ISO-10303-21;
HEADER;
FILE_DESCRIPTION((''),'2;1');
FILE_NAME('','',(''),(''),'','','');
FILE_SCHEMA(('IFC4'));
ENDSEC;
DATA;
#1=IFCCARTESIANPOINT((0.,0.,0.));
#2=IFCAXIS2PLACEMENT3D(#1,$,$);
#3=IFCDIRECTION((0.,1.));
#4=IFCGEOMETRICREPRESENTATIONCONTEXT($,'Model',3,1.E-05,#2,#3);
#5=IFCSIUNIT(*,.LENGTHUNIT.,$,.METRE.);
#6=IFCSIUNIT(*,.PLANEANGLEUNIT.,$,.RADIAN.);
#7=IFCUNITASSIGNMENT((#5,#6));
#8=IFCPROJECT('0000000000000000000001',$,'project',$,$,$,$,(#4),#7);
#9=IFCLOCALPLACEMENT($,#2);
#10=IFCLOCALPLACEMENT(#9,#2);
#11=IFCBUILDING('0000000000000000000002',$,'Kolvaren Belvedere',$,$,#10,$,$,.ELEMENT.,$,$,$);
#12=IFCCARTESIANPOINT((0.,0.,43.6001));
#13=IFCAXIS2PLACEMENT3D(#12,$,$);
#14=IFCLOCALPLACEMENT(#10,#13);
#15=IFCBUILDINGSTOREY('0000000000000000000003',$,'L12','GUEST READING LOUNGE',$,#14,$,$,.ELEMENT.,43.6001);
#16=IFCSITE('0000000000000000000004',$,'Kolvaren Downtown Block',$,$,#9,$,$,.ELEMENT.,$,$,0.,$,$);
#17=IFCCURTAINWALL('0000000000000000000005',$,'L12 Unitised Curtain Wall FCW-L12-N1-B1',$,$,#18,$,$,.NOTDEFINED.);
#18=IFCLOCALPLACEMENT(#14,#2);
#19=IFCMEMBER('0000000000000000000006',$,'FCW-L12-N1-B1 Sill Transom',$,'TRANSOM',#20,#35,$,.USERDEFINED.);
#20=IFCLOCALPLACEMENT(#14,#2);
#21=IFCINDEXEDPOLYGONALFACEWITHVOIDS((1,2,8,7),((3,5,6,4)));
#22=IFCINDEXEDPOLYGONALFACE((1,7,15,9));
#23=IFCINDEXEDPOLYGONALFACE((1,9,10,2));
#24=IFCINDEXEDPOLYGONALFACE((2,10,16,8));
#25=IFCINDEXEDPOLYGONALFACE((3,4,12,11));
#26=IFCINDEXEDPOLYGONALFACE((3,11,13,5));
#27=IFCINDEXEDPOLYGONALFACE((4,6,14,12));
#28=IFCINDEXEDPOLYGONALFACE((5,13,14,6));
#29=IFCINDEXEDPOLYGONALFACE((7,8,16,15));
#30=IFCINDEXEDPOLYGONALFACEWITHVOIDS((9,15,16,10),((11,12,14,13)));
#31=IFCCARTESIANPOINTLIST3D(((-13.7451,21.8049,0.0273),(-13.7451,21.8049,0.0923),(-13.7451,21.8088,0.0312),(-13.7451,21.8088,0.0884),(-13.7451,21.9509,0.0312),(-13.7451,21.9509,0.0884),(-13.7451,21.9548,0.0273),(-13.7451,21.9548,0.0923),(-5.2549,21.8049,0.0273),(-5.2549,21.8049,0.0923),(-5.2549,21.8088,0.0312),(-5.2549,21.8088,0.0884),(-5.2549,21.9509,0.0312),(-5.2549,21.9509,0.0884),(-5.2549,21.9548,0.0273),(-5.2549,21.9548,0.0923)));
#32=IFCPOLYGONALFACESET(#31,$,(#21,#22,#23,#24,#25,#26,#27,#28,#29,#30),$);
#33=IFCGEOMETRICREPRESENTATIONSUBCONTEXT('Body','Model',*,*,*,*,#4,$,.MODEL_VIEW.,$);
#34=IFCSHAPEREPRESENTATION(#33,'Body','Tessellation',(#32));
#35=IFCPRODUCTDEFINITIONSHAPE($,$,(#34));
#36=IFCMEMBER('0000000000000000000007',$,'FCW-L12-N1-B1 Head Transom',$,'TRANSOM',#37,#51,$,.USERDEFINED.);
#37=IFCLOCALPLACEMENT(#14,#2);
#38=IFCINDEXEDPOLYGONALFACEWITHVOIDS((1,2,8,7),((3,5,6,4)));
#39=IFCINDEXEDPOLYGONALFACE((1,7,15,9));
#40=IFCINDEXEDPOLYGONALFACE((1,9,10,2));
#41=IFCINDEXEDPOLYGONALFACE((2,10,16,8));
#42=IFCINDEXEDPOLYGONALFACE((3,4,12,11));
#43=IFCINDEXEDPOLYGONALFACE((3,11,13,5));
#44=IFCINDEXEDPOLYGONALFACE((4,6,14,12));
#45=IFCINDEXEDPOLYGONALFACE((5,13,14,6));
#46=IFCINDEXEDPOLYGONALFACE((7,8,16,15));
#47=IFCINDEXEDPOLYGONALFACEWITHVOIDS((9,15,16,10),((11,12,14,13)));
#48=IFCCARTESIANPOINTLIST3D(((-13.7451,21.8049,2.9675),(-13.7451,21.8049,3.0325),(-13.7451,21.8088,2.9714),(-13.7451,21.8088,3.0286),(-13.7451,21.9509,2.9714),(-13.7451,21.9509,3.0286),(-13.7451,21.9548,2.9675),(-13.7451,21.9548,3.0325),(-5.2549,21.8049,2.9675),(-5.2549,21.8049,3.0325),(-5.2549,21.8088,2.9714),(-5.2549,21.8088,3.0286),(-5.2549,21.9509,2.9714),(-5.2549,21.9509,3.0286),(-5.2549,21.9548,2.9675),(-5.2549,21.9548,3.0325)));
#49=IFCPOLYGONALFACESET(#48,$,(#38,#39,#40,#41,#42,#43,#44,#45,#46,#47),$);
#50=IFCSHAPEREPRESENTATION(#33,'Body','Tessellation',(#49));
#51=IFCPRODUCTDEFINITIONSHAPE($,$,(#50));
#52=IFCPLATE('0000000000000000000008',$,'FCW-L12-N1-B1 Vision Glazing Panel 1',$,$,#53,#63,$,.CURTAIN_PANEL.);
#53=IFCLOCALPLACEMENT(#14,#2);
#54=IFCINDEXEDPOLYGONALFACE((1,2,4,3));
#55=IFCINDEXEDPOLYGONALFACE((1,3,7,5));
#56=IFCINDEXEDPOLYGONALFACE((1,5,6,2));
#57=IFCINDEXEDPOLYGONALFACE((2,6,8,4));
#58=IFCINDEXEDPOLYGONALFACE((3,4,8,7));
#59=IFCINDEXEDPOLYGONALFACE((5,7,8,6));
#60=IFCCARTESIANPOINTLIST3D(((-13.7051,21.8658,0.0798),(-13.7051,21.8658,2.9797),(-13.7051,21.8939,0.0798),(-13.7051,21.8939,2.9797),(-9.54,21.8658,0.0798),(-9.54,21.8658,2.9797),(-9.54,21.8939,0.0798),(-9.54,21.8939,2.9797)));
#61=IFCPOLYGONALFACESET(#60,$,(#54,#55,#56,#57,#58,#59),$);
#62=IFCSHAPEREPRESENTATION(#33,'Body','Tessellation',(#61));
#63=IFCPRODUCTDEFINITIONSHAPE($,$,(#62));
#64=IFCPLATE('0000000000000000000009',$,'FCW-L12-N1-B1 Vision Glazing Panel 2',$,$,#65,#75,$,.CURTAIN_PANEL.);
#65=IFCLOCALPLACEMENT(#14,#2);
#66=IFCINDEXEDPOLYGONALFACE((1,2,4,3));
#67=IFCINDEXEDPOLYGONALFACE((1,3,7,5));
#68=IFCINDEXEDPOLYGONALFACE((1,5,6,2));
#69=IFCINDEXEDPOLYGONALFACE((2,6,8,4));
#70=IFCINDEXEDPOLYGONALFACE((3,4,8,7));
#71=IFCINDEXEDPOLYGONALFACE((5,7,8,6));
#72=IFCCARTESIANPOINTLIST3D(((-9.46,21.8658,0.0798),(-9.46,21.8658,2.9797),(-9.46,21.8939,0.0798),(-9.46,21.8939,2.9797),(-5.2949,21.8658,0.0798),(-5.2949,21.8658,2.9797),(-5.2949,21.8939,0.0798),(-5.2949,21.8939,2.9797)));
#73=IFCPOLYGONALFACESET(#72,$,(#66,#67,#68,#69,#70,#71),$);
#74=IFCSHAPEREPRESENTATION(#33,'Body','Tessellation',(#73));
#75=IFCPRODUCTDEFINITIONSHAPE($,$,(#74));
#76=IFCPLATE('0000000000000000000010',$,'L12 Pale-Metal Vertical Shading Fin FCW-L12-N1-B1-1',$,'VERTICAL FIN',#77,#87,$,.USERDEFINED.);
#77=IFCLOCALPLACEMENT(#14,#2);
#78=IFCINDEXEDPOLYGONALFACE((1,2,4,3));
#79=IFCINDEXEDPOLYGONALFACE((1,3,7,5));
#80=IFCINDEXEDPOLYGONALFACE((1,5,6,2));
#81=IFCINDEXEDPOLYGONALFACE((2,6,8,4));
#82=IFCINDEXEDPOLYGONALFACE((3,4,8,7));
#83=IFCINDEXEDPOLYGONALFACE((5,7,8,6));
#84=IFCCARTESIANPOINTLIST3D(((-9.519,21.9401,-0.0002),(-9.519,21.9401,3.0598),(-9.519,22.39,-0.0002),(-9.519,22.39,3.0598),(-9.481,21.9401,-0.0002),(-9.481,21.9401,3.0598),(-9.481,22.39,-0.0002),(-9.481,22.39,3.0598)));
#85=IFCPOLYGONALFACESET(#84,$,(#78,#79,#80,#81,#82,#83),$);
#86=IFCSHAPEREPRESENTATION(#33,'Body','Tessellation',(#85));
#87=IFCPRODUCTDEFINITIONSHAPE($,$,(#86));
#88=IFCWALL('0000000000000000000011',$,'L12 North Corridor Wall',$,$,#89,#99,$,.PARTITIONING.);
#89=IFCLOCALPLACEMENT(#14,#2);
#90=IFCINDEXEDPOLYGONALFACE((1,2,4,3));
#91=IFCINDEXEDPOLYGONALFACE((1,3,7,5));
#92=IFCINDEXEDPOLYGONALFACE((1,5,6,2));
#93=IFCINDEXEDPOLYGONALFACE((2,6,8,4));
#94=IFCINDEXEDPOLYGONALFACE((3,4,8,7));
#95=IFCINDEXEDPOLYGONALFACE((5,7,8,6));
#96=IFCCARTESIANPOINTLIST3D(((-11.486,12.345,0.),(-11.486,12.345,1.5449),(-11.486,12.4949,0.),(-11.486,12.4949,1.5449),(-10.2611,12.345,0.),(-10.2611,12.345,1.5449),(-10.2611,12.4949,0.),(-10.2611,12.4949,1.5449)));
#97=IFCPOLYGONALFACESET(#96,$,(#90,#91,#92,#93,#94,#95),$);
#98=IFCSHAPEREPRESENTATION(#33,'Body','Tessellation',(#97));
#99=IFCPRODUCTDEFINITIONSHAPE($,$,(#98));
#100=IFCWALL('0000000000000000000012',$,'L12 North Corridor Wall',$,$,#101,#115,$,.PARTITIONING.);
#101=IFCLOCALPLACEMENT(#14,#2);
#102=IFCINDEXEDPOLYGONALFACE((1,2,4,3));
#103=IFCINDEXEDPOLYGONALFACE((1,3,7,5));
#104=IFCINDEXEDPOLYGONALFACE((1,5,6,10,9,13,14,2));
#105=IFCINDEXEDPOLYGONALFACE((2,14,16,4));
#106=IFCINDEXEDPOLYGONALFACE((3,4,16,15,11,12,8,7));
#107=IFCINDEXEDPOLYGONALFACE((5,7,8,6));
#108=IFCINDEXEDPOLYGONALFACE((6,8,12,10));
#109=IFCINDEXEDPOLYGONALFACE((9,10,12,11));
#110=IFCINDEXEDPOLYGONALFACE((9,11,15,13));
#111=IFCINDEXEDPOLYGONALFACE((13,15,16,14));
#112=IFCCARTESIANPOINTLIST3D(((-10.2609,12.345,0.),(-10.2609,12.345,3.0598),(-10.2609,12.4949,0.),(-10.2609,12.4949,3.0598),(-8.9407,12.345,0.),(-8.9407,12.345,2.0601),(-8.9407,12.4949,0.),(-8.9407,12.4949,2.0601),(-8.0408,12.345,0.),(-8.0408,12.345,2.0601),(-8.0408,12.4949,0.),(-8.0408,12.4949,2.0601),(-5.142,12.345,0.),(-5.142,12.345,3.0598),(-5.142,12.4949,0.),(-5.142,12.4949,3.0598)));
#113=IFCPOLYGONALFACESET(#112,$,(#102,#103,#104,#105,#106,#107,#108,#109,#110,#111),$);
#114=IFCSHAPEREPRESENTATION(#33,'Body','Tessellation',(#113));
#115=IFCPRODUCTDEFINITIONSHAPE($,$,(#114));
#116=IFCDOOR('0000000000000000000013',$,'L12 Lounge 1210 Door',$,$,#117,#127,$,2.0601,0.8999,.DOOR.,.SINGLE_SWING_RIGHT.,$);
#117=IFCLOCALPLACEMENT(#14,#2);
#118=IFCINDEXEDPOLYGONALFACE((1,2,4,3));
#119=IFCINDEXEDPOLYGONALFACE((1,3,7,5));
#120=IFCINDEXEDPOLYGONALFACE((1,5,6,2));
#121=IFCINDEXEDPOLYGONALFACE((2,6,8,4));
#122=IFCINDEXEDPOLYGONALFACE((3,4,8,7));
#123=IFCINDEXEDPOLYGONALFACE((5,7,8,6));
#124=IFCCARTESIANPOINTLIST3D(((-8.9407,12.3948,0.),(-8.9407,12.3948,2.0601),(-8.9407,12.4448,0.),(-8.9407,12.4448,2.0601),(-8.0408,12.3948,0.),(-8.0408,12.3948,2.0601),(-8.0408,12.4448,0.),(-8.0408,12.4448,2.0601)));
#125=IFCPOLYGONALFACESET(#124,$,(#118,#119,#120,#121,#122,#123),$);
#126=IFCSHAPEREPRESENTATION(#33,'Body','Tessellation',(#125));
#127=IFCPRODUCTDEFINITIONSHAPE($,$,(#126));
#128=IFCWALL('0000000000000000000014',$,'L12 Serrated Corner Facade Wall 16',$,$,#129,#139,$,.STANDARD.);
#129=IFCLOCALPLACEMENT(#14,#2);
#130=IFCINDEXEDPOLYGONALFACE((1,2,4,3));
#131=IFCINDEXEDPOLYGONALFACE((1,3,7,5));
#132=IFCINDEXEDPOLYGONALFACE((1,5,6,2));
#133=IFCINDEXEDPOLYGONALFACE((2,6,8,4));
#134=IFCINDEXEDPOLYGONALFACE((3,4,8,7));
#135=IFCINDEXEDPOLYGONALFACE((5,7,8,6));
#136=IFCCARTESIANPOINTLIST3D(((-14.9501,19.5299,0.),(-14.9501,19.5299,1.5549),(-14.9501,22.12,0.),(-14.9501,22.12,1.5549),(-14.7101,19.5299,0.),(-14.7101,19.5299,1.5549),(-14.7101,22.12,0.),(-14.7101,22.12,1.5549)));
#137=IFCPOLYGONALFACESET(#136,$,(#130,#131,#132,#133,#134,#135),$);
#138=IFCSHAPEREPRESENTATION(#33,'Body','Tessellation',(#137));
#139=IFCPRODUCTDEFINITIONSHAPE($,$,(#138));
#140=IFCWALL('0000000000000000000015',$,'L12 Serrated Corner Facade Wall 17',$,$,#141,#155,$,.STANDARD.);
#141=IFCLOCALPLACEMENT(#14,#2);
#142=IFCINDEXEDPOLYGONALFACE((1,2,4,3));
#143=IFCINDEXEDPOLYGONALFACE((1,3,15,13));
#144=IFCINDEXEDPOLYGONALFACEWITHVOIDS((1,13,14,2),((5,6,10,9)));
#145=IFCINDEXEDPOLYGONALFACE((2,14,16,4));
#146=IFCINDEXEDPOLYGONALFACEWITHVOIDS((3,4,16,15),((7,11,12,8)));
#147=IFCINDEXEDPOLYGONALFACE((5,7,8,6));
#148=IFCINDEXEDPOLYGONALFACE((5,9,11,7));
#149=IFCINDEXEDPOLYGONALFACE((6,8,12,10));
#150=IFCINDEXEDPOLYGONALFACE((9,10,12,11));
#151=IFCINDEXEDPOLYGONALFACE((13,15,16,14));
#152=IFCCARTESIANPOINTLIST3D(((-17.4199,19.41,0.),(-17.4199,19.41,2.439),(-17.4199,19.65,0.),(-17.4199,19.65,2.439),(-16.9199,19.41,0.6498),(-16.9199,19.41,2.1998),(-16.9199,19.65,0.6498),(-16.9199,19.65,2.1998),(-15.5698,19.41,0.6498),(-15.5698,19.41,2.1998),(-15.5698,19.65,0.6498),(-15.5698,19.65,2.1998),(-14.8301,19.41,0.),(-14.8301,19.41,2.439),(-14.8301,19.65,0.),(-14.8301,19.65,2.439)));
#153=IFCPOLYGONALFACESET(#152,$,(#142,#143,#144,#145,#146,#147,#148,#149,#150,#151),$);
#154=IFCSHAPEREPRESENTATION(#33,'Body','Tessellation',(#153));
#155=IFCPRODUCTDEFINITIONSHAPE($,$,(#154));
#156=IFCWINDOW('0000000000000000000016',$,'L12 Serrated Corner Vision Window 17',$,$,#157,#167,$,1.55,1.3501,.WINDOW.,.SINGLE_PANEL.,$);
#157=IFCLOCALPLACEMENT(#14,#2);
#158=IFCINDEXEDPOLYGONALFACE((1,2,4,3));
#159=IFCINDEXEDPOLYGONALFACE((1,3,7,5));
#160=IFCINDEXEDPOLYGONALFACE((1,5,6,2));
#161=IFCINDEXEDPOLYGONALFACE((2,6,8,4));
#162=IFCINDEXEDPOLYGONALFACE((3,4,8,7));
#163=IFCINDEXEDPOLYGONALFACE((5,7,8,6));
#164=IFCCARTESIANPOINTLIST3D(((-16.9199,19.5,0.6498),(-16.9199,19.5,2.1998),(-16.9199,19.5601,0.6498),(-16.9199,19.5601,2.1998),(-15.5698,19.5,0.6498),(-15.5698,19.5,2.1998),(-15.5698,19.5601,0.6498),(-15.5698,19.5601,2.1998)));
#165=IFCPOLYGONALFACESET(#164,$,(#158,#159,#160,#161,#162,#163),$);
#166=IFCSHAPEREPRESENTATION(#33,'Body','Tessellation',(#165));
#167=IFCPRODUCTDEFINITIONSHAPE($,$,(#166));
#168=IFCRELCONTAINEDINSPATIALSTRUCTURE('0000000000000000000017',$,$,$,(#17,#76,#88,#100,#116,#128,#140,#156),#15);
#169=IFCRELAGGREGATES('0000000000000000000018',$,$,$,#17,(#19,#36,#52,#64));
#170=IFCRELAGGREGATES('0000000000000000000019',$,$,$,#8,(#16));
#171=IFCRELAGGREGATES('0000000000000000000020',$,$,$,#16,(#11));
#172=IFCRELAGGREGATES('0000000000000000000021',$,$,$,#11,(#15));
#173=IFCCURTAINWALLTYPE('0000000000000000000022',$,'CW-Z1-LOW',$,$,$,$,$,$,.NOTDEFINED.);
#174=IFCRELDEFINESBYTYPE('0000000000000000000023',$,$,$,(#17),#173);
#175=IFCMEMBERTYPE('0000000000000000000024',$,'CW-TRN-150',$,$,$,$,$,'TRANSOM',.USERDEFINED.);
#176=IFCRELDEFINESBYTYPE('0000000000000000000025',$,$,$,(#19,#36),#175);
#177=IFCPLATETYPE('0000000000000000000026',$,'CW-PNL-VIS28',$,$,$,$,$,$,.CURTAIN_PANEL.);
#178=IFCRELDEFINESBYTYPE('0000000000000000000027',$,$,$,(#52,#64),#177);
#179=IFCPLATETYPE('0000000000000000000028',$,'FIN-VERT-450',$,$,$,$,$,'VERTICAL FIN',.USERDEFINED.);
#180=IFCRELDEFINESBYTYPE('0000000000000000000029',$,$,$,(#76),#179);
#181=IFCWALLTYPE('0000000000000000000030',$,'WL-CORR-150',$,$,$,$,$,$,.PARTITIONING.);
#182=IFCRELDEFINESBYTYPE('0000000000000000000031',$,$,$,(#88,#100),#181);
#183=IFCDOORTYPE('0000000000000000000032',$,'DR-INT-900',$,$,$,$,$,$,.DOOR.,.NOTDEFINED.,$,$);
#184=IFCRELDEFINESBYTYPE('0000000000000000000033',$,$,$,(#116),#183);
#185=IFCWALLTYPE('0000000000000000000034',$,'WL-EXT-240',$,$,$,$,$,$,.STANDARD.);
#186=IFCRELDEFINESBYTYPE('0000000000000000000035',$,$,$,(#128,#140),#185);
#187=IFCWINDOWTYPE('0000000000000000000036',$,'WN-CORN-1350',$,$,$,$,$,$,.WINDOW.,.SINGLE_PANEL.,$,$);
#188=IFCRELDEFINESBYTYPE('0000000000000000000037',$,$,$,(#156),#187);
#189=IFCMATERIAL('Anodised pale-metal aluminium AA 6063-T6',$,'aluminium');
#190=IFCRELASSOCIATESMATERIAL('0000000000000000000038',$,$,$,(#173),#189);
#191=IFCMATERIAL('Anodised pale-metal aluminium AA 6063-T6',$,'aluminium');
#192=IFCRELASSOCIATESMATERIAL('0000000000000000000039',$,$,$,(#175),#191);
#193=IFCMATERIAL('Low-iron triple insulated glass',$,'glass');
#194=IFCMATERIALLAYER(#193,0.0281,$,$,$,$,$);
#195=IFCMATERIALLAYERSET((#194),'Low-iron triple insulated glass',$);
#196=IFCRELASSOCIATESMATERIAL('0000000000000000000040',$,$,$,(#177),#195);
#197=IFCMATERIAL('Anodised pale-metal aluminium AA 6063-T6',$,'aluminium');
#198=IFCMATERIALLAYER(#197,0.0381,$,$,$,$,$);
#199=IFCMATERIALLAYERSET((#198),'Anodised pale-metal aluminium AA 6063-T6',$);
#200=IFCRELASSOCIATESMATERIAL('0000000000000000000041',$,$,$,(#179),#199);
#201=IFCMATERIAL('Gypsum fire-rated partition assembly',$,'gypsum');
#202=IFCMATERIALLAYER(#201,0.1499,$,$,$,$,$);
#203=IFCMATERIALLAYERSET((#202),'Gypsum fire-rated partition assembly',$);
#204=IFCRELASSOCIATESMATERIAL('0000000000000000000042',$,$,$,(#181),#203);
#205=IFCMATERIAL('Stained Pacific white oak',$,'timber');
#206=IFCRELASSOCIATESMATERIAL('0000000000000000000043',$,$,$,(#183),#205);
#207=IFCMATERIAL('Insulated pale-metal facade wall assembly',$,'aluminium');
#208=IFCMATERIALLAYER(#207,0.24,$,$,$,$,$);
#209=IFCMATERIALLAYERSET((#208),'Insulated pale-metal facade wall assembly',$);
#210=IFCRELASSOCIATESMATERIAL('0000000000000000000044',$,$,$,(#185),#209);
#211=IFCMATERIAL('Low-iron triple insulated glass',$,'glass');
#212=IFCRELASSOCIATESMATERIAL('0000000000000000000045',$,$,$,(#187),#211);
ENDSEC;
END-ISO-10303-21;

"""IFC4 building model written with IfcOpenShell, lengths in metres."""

from ifc_helpers import new_model, si_unit, direction, frame, frame_2d, origin, origin_2d, place, context, subcontext, project, spatial, rectangle, hollow_rectangle, extrude, material, layer, layer_set, material_profile, profile_set, type_object, element, fill, aggregate, save


model = new_model("IFC4")

# Units and contexts
model_context = context("Model", 3, precision=1e-05, world=origin(), true_north=direction((0.0, 1.0)))
body_context = subcontext(model_context, "Body", "Model", "MODEL_VIEW")
ifc_project = project(units=[si_unit("LENGTHUNIT", "METRE"), si_unit("PLANEANGLEUNIT", "RADIAN")], contexts=[model_context])

# Site, building, storey
site_placement = place(None, origin())
site = spatial("IfcSite", under=ifc_project, at=site_placement, Name="Kolvaren Downtown Block", CompositionType="ELEMENT", RefElevation=0.0)
building_placement = place(site_placement, origin())
building = spatial("IfcBuilding", under=site, at=building_placement, Name="Kolvaren Belvedere", CompositionType="ELEMENT")
storey_placement = place(building_placement, frame((0.0, 0.0, 43.6001)))
storey = spatial("IfcBuildingStorey", under=building, at=storey_placement, Name="L12", Description="GUEST READING LOUNGE", CompositionType="ELEMENT", Elevation=43.6001)

# Curtain wall
ifc_material_1 = material(Name="Anodised pale-metal aluminium AA 6063-T6", Category="aluminium")
curtain_wall_type = type_object("IfcCurtainWallType", Name="CW-Z1-LOW", PredefinedType="NOTDEFINED", material=ifc_material_1)
curtain_wall_1_placement = place(storey_placement, origin())
curtain_wall_1 = element("IfcCurtainWall", 1, at=curtain_wall_1_placement, inside=storey, type_object=curtain_wall_type, Name="L12 Unitised Curtain Wall FCW-L12-N1-B1", PredefinedType="NOTDEFINED")

# Members
ifc_material_2 = material(Name="Anodised pale-metal aluminium AA 6063-T6", Category="aluminium")
ifc_material_profile_1 = material_profile(ifc_material_2, hollow_rectangle(XDim=0.0649, YDim=0.1499, WallThickness=0.0039, at=origin_2d()), Name="ALU-TRN-150X65")
ifc_profile_set_1 = profile_set([ifc_material_profile_1], Name="Anodised pale-metal aluminium AA 6063-T6")
member_type_1 = type_object("IfcMemberType", Name="CW-TRN-150", ElementType="TRANSOM", PredefinedType="USERDEFINED", material=ifc_profile_set_1)
member_1_placement = place(storey_placement, frame((-13.7451, 21.8799, 0.0598), z_axis=(1.0, 0.0, 0.0), x_axis=(0.0, 0.0, 1.0)))
member_1 = element("IfcMember", 2, at=member_1_placement, type_object=member_type_1, Name="FCW-L12-N1-B1 Sill Transom", ObjectType="TRANSOM", PredefinedType="USERDEFINED", context=body_context, shape_type="SweptSolid", body=[
    extrude(hollow_rectangle(XDim=0.0649, YDim=0.1499, WallThickness=0.0039, at=origin_2d()), origin(), (0.0, 0.0, 1.0), 8.4902),
])
member_2_placement = place(storey_placement, frame((-13.7451, 21.8799, 3.0), z_axis=(1.0, 0.0, 0.0), x_axis=(0.0, 0.0, 1.0)))
member_2 = element("IfcMember", 3, at=member_2_placement, type_object=member_type_1, Name="FCW-L12-N1-B1 Head Transom", ObjectType="TRANSOM", PredefinedType="USERDEFINED", context=body_context, shape_type="SweptSolid", body=[
    extrude(hollow_rectangle(XDim=0.0649, YDim=0.1499, WallThickness=0.0039, at=origin_2d()), origin(), (0.0, 0.0, 1.0), 8.4902),
])

# Plates
ifc_material_3 = material(Name="Low-iron triple insulated glass", Category="glass")
ifc_layer_1 = layer(ifc_material_3, 0.0281)
ifc_layer_set_1 = layer_set([ifc_layer_1], Name="Low-iron triple insulated glass")
plate_type_1 = type_object("IfcPlateType", Name="CW-PNL-VIS28", PredefinedType="CURTAIN_PANEL", material=ifc_layer_set_1)
plate_1_placement = place(storey_placement, frame((-11.6226, 21.8799, 0.0798), z_axis=(0.0, 0.0, 1.0), x_axis=(1.0, 0.0, 0.0)))
plate_1 = element("IfcPlate", 4, at=plate_1_placement, type_object=plate_type_1, Name="FCW-L12-N1-B1 Vision Glazing Panel 1", PredefinedType="CURTAIN_PANEL", context=body_context, shape_type="SweptSolid", body=[
    extrude(rectangle(XDim=4.165, YDim=0.0281, at=origin_2d()), origin(), (0.0, 0.0, 1.0), 2.8999),
])
plate_2_placement = place(storey_placement, frame((-7.3774, 21.8799, 0.0798), z_axis=(0.0, 0.0, 1.0), x_axis=(1.0, 0.0, 0.0)))
plate_2 = element("IfcPlate", 5, at=plate_2_placement, type_object=plate_type_1, Name="FCW-L12-N1-B1 Vision Glazing Panel 2", PredefinedType="CURTAIN_PANEL", context=body_context, shape_type="SweptSolid", body=[
    extrude(rectangle(XDim=4.165, YDim=0.0281, at=origin_2d()), origin(), (0.0, 0.0, 1.0), 2.8999),
])
aggregate(curtain_wall_1, [member_1, member_2, plate_1, plate_2])
ifc_material_4 = material(Name="Anodised pale-metal aluminium AA 6063-T6", Category="aluminium")
ifc_layer_2 = layer(ifc_material_4, 0.0381)
ifc_layer_set_2 = layer_set([ifc_layer_2], Name="Anodised pale-metal aluminium AA 6063-T6")
plate_type_2 = type_object("IfcPlateType", Name="FIN-VERT-450", ElementType="VERTICAL FIN", PredefinedType="USERDEFINED", material=ifc_layer_set_2)
plate_3_placement = place(storey_placement, frame((-9.5, 22.165, -0.0002), z_axis=(0.0, 0.0, 1.0), x_axis=(0.0, 1.0, 0.0)))
element("IfcPlate", 6, at=plate_3_placement, inside=storey, type_object=plate_type_2, Name="L12 Pale-Metal Vertical Shading Fin FCW-L12-N1-B1-1", ObjectType="VERTICAL FIN", PredefinedType="USERDEFINED", context=body_context, shape_type="SweptSolid", body=[
    extrude(rectangle(XDim=0.45, YDim=0.0381, at=origin_2d()), origin(), (0.0, 0.0, 1.0), 3.0601),
])

# Wall
ifc_material_5 = material(Name="Gypsum fire-rated partition assembly", Category="gypsum")
ifc_layer_3 = layer(ifc_material_5, 0.1499)
ifc_layer_set_3 = layer_set([ifc_layer_3], Name="Gypsum fire-rated partition assembly")
wall_type_1 = type_object("IfcWallType", Name="WL-CORR-150", PredefinedType="PARTITIONING", material=ifc_layer_set_3)
wall_1_placement = place(storey_placement, frame((-11.4858, 12.4199, 0.0), z_axis=(0.0, 0.0, 1.0), x_axis=(1.0, 0.0, 0.0)))
element("IfcWall", 7, at=wall_1_placement, inside=storey, type_object=wall_type_1, Name="L12 North Corridor Wall", PredefinedType="PARTITIONING", context=body_context, shape_type="SweptSolid", body=[
    extrude(rectangle(XDim=1.2249, YDim=0.1499, at=frame_2d((0.6123, 0.0))), origin(), (0.0, 0.0, 1.0), 1.5449),
])

# Wall, opening, door
wall_2_placement = place(storey_placement, frame((-10.261, 12.4199, 0.0), z_axis=(0.0, 0.0, 1.0), x_axis=(1.0, 0.0, 0.0)))
wall_2 = element("IfcWall", 8, at=wall_2_placement, inside=storey, type_object=wall_type_1, Name="L12 North Corridor Wall", PredefinedType="PARTITIONING", context=body_context, shape_type="SweptSolid", body=[
    extrude(rectangle(XDim=5.1189, YDim=0.1499, at=frame_2d((2.5596, 0.0))), origin(), (0.0, 0.0, 1.0), 3.0598),
])
opening_1_placement = place(wall_2_placement, frame((1.3203, 0.0, 0.0)))
opening_1 = element("IfcOpeningElement", 9, at=opening_1_placement, cuts=wall_2, PredefinedType="OPENING", context=body_context, shape_type="SweptSolid", body=[
    extrude(rectangle(XDim=0.8999, YDim=2.0601, at=frame_2d((0.45, 1.03))), frame((0.0, 0.085, 0.0), z_axis=(0.0, -1.0, 0.0), x_axis=(1.0, 0.0, 0.0)), (0.0, 0.0, 1.0), 0.1699),
])
ifc_material_6 = material(Name="Stained Pacific white oak", Category="timber")
door_type = type_object("IfcDoorType", Name="DR-INT-900", OperationType="NOTDEFINED", PredefinedType="DOOR", material=ifc_material_6)
door_placement = place(opening_1_placement, origin())
door = element("IfcDoor", 10, at=door_placement, inside=storey, type_object=door_type, Name="L12 Lounge 1210 Door", OperationType="SINGLE_SWING_RIGHT", OverallHeight=2.0601, OverallWidth=0.8999, PredefinedType="DOOR", context=body_context, shape_type="SweptSolid", body=[
    extrude(rectangle(XDim=0.8999, YDim=2.0601, at=frame_2d((0.45, 1.03))), frame((0.0, 0.0249, 0.0), z_axis=(0.0, -1.0, 0.0), x_axis=(1.0, 0.0, 0.0)), (0.0, 0.0, 1.0), 0.05),
])
fill(opening_1, door)

# Wall
ifc_material_7 = material(Name="Insulated pale-metal facade wall assembly", Category="aluminium")
ifc_layer_4 = layer(ifc_material_7, 0.24)
ifc_layer_set_4 = layer_set([ifc_layer_4], Name="Insulated pale-metal facade wall assembly")
wall_type_2 = type_object("IfcWallType", Name="WL-EXT-240", PredefinedType="STANDARD", material=ifc_layer_set_4)
wall_3_placement = place(storey_placement, frame((-14.8301, 19.53, 0.0), z_axis=(0.0, 0.0, 1.0), x_axis=(0.0, 1.0, 0.0)))
element("IfcWall", 11, at=wall_3_placement, inside=storey, type_object=wall_type_2, Name="L12 Serrated Corner Facade Wall 16", PredefinedType="STANDARD", context=body_context, shape_type="SweptSolid", body=[
    extrude(rectangle(XDim=2.5901, YDim=0.24, at=frame_2d((1.2949, 0.0))), origin(), (0.0, 0.0, 1.0), 1.5549),
])

# Wall, opening, window
wall_4_placement = place(storey_placement, frame((-17.4199, 19.53, 0.0), z_axis=(0.0, 0.0, 1.0), x_axis=(1.0, 0.0, 0.0)))
wall_4 = element("IfcWall", 12, at=wall_4_placement, inside=storey, type_object=wall_type_2, Name="L12 Serrated Corner Facade Wall 17", PredefinedType="STANDARD", context=body_context, shape_type="SweptSolid", body=[
    extrude(rectangle(XDim=2.5898, YDim=0.24, at=frame_2d((1.2949, 0.0))), origin(), (0.0, 0.0, 1.0), 2.439),
])
opening_2_placement = place(wall_4_placement, frame((0.5, 0.0, 0.6499)))
opening_2 = element("IfcOpeningElement", 13, at=opening_2_placement, cuts=wall_4, PredefinedType="OPENING", context=body_context, shape_type="SweptSolid", body=[
    extrude(rectangle(XDim=1.3501, YDim=1.55, at=frame_2d((0.675, 0.7749))), frame((0.0, 0.1299, 0.0), z_axis=(0.0, -1.0, 0.0), x_axis=(1.0, 0.0, 0.0)), (0.0, 0.0, 1.0), 0.26),
])
ifc_material_8 = material(Name="Low-iron triple insulated glass", Category="glass")
window_type = type_object("IfcWindowType", Name="WN-CORN-1350", PartitioningType="SINGLE_PANEL", PredefinedType="WINDOW", material=ifc_material_8)
window_1_placement = place(opening_2_placement, origin())
window_1 = element("IfcWindow", 14, at=window_1_placement, inside=storey, type_object=window_type, Name="L12 Serrated Corner Vision Window 17", OverallHeight=1.55, OverallWidth=1.3501, PartitioningType="SINGLE_PANEL", PredefinedType="WINDOW", context=body_context, shape_type="SweptSolid", body=[
    extrude(rectangle(XDim=1.3501, YDim=1.55, at=frame_2d((0.675, 0.7749))), frame((0.0, 0.03, 0.0), z_axis=(0.0, -1.0, 0.0), x_axis=(1.0, 0.0, 0.0)), (0.0, 0.0, 1.0), 0.0601),
])
fill(opening_2, window_1)

save(model, "model.ifc")
